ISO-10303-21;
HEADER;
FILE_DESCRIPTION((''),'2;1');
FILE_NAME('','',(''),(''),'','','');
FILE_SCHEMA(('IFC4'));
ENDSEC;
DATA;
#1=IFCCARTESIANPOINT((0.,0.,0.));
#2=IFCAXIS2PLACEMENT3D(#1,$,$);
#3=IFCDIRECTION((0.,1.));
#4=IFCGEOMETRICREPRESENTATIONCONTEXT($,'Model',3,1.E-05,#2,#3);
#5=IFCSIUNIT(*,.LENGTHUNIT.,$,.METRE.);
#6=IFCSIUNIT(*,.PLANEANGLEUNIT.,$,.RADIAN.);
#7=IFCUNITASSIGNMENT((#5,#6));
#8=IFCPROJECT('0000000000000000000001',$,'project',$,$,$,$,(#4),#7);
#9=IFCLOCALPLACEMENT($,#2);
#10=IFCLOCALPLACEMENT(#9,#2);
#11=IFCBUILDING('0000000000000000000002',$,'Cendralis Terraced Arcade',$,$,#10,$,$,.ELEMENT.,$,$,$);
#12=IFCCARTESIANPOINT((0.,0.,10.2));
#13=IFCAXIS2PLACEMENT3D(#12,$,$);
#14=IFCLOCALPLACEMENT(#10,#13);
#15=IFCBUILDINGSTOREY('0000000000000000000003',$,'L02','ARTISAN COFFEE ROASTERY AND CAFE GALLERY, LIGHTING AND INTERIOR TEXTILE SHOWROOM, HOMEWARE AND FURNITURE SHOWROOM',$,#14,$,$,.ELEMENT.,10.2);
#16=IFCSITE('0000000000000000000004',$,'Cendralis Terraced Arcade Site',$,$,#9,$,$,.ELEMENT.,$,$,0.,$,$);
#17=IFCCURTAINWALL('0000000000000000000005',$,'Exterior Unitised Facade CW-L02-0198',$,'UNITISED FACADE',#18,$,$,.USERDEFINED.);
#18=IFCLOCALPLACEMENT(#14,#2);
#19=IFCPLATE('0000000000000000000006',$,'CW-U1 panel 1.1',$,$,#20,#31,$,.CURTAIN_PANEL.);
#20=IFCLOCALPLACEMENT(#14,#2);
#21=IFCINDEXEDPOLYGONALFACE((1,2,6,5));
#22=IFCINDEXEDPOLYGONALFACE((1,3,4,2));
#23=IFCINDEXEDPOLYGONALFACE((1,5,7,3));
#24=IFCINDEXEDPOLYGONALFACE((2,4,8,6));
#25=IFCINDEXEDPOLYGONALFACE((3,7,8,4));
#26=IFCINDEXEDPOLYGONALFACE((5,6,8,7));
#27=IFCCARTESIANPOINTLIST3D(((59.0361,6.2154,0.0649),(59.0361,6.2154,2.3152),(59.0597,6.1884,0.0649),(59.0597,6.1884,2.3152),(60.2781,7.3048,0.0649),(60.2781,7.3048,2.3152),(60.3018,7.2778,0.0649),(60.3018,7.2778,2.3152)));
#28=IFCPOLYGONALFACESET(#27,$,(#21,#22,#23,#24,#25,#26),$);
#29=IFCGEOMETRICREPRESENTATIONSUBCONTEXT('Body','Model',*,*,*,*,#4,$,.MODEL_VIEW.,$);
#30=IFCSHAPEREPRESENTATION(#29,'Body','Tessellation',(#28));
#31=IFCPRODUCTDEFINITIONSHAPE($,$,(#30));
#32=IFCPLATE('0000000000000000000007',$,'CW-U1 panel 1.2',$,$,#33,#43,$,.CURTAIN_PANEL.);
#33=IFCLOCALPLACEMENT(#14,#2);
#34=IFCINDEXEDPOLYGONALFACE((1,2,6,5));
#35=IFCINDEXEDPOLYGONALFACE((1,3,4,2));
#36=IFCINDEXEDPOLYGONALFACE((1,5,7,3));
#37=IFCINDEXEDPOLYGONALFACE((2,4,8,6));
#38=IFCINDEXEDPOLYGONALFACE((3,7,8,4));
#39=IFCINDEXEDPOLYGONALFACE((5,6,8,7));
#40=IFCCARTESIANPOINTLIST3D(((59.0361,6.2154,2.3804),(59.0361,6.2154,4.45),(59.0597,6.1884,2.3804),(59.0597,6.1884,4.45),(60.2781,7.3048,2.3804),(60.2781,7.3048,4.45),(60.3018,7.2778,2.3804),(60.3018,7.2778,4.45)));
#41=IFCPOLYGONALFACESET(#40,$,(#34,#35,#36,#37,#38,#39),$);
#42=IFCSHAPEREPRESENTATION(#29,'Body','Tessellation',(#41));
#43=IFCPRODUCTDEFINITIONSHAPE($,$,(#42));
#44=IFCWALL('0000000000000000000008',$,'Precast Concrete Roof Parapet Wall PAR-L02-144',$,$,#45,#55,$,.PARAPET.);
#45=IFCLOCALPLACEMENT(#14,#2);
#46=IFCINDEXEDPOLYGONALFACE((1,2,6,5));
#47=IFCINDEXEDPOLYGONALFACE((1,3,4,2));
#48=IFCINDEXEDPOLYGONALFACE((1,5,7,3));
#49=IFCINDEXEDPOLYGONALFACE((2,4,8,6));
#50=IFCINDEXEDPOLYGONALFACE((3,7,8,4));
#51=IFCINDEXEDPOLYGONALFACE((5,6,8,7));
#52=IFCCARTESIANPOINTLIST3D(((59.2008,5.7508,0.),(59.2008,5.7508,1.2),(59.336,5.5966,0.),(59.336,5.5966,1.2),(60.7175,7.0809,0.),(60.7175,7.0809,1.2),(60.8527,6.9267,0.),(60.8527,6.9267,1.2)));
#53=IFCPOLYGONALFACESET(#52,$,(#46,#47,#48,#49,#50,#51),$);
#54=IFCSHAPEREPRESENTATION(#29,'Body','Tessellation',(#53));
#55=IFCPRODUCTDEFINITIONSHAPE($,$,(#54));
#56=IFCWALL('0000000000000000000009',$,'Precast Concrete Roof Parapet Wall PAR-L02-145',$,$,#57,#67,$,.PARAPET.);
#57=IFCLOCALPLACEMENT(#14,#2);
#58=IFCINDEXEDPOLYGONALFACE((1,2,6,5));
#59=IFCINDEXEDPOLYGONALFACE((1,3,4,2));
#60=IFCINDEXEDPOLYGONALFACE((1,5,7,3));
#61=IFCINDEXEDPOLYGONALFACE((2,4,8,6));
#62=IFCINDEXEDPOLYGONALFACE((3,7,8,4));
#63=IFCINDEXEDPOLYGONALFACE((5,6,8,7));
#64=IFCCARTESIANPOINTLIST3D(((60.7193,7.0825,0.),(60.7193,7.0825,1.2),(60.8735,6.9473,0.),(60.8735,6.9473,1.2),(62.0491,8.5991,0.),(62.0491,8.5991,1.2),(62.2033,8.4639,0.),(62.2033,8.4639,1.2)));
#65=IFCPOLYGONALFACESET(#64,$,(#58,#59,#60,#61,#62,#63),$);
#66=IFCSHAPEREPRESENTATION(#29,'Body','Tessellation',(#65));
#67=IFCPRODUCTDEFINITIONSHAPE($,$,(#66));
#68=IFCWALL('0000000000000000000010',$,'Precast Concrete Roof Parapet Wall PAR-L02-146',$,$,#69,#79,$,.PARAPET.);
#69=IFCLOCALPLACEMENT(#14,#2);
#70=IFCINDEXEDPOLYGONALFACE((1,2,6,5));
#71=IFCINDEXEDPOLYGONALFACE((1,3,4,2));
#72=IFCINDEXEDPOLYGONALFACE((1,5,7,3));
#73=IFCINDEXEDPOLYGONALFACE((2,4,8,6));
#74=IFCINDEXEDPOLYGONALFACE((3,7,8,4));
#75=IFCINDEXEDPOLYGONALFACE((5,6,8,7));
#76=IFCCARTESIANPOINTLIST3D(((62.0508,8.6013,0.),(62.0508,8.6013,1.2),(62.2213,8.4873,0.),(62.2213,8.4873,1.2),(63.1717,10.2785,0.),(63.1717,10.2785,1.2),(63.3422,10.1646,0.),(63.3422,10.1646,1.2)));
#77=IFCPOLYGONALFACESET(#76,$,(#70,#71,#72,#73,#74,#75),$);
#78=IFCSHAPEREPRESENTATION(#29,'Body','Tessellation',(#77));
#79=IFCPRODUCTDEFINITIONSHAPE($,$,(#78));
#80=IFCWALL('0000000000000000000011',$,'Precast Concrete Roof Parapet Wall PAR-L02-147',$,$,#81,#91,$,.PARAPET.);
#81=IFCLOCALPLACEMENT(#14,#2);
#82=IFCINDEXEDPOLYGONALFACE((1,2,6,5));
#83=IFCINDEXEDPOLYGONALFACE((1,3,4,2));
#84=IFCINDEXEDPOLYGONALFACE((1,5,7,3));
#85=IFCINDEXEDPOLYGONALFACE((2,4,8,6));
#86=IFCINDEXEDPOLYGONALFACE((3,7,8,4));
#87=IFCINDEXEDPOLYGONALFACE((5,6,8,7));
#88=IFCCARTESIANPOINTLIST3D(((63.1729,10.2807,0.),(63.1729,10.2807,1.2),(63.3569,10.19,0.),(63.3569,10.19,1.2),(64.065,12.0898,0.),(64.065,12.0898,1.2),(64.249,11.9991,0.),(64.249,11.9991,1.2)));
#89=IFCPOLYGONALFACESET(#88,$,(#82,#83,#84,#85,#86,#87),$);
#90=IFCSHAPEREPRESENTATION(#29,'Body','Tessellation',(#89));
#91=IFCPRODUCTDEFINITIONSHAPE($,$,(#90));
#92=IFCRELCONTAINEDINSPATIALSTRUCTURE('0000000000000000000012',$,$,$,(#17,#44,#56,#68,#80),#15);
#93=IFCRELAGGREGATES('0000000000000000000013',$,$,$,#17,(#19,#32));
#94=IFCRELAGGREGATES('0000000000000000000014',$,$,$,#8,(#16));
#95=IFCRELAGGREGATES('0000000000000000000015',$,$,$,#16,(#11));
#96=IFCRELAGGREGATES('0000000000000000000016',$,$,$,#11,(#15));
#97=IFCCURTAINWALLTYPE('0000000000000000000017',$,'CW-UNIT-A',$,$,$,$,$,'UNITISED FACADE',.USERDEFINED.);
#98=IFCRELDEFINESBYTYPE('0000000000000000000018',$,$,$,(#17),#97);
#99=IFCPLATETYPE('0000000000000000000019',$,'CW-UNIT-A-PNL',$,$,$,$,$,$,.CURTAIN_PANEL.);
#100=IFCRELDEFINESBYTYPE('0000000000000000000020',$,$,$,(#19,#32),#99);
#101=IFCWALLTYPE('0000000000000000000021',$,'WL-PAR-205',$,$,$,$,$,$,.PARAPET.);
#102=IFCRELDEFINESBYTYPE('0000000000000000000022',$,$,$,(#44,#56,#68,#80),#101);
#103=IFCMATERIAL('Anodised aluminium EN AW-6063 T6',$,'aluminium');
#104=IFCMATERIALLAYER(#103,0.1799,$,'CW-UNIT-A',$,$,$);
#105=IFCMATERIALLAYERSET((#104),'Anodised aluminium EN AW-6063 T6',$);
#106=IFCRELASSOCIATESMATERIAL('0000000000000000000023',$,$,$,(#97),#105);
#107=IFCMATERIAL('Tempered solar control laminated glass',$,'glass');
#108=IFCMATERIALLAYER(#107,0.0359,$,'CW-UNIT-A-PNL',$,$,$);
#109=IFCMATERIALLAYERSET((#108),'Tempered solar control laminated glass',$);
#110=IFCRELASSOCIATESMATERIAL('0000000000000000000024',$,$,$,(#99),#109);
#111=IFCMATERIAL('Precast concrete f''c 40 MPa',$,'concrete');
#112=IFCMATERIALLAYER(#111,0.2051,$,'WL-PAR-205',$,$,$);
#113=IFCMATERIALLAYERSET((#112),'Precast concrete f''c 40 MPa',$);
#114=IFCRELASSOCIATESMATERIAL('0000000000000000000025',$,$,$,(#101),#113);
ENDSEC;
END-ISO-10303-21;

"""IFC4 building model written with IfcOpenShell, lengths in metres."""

from ifc_helpers import new_model, si_unit, direction, frame, frame_2d, origin, origin_2d, place, context, subcontext, project, spatial, rectangle, extrude, material, layer, layer_set, type_object, element, aggregate, save


model = new_model("IFC4")

# Units and contexts
model_context = context("Model", 3, precision=1e-05, world=origin(), true_north=direction((0.0, 1.0)))
body_context = subcontext(model_context, "Body", "Model", "MODEL_VIEW")
ifc_project = project(units=[si_unit("LENGTHUNIT", "METRE"), si_unit("PLANEANGLEUNIT", "RADIAN")], contexts=[model_context])

# Site, building, storey
site_placement = place(None, origin())
site = spatial("IfcSite", under=ifc_project, at=site_placement, Name="Cendralis Terraced Arcade Site", CompositionType="ELEMENT", RefElevation=0.0)
building_placement = place(site_placement, origin())
building = spatial("IfcBuilding", under=site, at=building_placement, Name="Cendralis Terraced Arcade", CompositionType="ELEMENT")
storey_placement = place(building_placement, frame((0.0, 0.0, 10.2)))
storey = spatial("IfcBuildingStorey", under=building, at=storey_placement, Name="L02", Description="ARTISAN COFFEE ROASTERY AND CAFE GALLERY, LIGHTING AND INTERIOR TEXTILE SHOWROOM, HOMEWARE AND FURNITURE SHOWROOM", CompositionType="ELEMENT", Elevation=10.2)

# Shared definitions
ifc_material_1 = material(Name="Anodised aluminium EN AW-6063 T6", Category="aluminium")
ifc_layer_1 = layer(ifc_material_1, 0.1799, Name="CW-UNIT-A")
ifc_layer_set_1 = layer_set([ifc_layer_1], Name="Anodised aluminium EN AW-6063 T6")
curtain_wall_type = type_object("IfcCurtainWallType", Name="CW-UNIT-A", ElementType="UNITISED FACADE", PredefinedType="USERDEFINED", material=ifc_layer_set_1)

# Curtain wall
curtain_wall_1_placement = place(storey_placement, origin())
curtain_wall_1 = element("IfcCurtainWall", 1, at=curtain_wall_1_placement, inside=storey, type_object=curtain_wall_type, Name="Exterior Unitised Facade CW-L02-0198", ObjectType="UNITISED FACADE", PredefinedType="USERDEFINED")

# Plates
ifc_material_2 = material(Name="Tempered solar control laminated glass", Category="glass")
ifc_layer_2 = layer(ifc_material_2, 0.0359, Name="CW-UNIT-A-PNL")
ifc_layer_set_2 = layer_set([ifc_layer_2], Name="Tempered solar control laminated glass")
plate_type = type_object("IfcPlateType", Name="CW-UNIT-A-PNL", PredefinedType="CURTAIN_PANEL", material=ifc_layer_set_2)
plate_1_placement = place(storey_placement, frame((59.6689, 6.7466, 0.0649), z_axis=(0.0, 0.0, 1.0), x_axis=(-0.751804, -0.659386, 0.0)))
plate_1 = element("IfcPlate", 2, at=plate_1_placement, type_object=plate_type, Name="CW-U1 panel 1.1", PredefinedType="CURTAIN_PANEL", context=body_context, shape_type="SweptSolid", body=[
    extrude(rectangle(XDim=1.6521, YDim=0.0359, at=origin_2d()), origin(), (0.0, 0.0, 1.0), 2.2502),
])
plate_2_placement = place(storey_placement, frame((59.6689, 6.7466, 2.3804), z_axis=(0.0, 0.0, 1.0), x_axis=(-0.751804, -0.659386, 0.0)))
plate_2 = element("IfcPlate", 3, at=plate_2_placement, type_object=plate_type, Name="CW-U1 panel 1.2", PredefinedType="CURTAIN_PANEL", context=body_context, shape_type="SweptSolid", body=[
    extrude(rectangle(XDim=1.6521, YDim=0.0359, at=origin_2d()), origin(), (0.0, 0.0, 1.0), 2.0696),
])
aggregate(curtain_wall_1, [plate_1, plate_2])

# Walls
ifc_material_3 = material(Name="Precast concrete f'c 40 MPa", Category="concrete")
ifc_layer_3 = layer(ifc_material_3, 0.2051, Name="WL-PAR-205")
ifc_layer_set_3 = layer_set([ifc_layer_3], Name="Precast concrete f'c 40 MPa")
wall_type = type_object("IfcWallType", Name="WL-PAR-205", PredefinedType="PARAPET", material=ifc_layer_set_3)
wall_1_placement = place(storey_placement, frame((59.2683, 5.6736, 0.0), z_axis=(0.0, 0.0, 1.0), x_axis=(0.751826, 0.659361, 0.0)))
element("IfcWall", 4, at=wall_1_placement, inside=storey, type_object=wall_type, Name="Precast Concrete Roof Parapet Wall PAR-L02-144", PredefinedType="PARAPET", context=body_context, shape_type="SweptSolid", body=[
    extrude(rectangle(XDim=2.0173, YDim=0.2051, at=frame_2d((1.0088, 0.0))), origin(), (0.0, 0.0, 1.0), 1.2),
])
wall_2_placement = place(storey_placement, frame((60.7964, 7.0149, 0.0), z_axis=(0.0, 0.0, 1.0), x_axis=(0.659293, 0.751886, 0.0)))
element("IfcWall", 5, at=wall_2_placement, inside=storey, type_object=wall_type, Name="Precast Concrete Roof Parapet Wall PAR-L02-145", PredefinedType="PARAPET", context=body_context, shape_type="SweptSolid", body=[
    extrude(rectangle(XDim=2.0171, YDim=0.2051, at=frame_2d((1.0085, 0.0))), origin(), (0.0, 0.0, 1.0), 1.2),
])
wall_3_placement = place(storey_placement, frame((62.136, 8.5442, 0.0), z_axis=(0.0, 0.0, 1.0), x_axis=(0.555622, 0.831435, 0.0)))
element("IfcWall", 6, at=wall_3_placement, inside=storey, type_object=wall_type, Name="Precast Concrete Roof Parapet Wall PAR-L02-146", PredefinedType="PARAPET", context=body_context, shape_type="SweptSolid", body=[
    extrude(rectangle(XDim=2.0173, YDim=0.2051, at=frame_2d((1.0088, 0.0))), origin(), (0.0, 0.0, 1.0), 1.2),
])
wall_4_placement = place(storey_placement, frame((63.2649, 10.2354, 0.0), z_axis=(0.0, 0.0, 1.0), x_axis=(0.442268, 0.896883, 0.0)))
element("IfcWall", 7, at=wall_4_placement, inside=storey, type_object=wall_type, Name="Precast Concrete Roof Parapet Wall PAR-L02-147", PredefinedType="PARAPET", context=body_context, shape_type="SweptSolid", body=[
    extrude(rectangle(XDim=2.0171, YDim=0.2051, at=frame_2d((1.0085, 0.0))), origin(), (0.0, 0.0, 1.0), 1.2),
])

save(model, "model.ifc")
